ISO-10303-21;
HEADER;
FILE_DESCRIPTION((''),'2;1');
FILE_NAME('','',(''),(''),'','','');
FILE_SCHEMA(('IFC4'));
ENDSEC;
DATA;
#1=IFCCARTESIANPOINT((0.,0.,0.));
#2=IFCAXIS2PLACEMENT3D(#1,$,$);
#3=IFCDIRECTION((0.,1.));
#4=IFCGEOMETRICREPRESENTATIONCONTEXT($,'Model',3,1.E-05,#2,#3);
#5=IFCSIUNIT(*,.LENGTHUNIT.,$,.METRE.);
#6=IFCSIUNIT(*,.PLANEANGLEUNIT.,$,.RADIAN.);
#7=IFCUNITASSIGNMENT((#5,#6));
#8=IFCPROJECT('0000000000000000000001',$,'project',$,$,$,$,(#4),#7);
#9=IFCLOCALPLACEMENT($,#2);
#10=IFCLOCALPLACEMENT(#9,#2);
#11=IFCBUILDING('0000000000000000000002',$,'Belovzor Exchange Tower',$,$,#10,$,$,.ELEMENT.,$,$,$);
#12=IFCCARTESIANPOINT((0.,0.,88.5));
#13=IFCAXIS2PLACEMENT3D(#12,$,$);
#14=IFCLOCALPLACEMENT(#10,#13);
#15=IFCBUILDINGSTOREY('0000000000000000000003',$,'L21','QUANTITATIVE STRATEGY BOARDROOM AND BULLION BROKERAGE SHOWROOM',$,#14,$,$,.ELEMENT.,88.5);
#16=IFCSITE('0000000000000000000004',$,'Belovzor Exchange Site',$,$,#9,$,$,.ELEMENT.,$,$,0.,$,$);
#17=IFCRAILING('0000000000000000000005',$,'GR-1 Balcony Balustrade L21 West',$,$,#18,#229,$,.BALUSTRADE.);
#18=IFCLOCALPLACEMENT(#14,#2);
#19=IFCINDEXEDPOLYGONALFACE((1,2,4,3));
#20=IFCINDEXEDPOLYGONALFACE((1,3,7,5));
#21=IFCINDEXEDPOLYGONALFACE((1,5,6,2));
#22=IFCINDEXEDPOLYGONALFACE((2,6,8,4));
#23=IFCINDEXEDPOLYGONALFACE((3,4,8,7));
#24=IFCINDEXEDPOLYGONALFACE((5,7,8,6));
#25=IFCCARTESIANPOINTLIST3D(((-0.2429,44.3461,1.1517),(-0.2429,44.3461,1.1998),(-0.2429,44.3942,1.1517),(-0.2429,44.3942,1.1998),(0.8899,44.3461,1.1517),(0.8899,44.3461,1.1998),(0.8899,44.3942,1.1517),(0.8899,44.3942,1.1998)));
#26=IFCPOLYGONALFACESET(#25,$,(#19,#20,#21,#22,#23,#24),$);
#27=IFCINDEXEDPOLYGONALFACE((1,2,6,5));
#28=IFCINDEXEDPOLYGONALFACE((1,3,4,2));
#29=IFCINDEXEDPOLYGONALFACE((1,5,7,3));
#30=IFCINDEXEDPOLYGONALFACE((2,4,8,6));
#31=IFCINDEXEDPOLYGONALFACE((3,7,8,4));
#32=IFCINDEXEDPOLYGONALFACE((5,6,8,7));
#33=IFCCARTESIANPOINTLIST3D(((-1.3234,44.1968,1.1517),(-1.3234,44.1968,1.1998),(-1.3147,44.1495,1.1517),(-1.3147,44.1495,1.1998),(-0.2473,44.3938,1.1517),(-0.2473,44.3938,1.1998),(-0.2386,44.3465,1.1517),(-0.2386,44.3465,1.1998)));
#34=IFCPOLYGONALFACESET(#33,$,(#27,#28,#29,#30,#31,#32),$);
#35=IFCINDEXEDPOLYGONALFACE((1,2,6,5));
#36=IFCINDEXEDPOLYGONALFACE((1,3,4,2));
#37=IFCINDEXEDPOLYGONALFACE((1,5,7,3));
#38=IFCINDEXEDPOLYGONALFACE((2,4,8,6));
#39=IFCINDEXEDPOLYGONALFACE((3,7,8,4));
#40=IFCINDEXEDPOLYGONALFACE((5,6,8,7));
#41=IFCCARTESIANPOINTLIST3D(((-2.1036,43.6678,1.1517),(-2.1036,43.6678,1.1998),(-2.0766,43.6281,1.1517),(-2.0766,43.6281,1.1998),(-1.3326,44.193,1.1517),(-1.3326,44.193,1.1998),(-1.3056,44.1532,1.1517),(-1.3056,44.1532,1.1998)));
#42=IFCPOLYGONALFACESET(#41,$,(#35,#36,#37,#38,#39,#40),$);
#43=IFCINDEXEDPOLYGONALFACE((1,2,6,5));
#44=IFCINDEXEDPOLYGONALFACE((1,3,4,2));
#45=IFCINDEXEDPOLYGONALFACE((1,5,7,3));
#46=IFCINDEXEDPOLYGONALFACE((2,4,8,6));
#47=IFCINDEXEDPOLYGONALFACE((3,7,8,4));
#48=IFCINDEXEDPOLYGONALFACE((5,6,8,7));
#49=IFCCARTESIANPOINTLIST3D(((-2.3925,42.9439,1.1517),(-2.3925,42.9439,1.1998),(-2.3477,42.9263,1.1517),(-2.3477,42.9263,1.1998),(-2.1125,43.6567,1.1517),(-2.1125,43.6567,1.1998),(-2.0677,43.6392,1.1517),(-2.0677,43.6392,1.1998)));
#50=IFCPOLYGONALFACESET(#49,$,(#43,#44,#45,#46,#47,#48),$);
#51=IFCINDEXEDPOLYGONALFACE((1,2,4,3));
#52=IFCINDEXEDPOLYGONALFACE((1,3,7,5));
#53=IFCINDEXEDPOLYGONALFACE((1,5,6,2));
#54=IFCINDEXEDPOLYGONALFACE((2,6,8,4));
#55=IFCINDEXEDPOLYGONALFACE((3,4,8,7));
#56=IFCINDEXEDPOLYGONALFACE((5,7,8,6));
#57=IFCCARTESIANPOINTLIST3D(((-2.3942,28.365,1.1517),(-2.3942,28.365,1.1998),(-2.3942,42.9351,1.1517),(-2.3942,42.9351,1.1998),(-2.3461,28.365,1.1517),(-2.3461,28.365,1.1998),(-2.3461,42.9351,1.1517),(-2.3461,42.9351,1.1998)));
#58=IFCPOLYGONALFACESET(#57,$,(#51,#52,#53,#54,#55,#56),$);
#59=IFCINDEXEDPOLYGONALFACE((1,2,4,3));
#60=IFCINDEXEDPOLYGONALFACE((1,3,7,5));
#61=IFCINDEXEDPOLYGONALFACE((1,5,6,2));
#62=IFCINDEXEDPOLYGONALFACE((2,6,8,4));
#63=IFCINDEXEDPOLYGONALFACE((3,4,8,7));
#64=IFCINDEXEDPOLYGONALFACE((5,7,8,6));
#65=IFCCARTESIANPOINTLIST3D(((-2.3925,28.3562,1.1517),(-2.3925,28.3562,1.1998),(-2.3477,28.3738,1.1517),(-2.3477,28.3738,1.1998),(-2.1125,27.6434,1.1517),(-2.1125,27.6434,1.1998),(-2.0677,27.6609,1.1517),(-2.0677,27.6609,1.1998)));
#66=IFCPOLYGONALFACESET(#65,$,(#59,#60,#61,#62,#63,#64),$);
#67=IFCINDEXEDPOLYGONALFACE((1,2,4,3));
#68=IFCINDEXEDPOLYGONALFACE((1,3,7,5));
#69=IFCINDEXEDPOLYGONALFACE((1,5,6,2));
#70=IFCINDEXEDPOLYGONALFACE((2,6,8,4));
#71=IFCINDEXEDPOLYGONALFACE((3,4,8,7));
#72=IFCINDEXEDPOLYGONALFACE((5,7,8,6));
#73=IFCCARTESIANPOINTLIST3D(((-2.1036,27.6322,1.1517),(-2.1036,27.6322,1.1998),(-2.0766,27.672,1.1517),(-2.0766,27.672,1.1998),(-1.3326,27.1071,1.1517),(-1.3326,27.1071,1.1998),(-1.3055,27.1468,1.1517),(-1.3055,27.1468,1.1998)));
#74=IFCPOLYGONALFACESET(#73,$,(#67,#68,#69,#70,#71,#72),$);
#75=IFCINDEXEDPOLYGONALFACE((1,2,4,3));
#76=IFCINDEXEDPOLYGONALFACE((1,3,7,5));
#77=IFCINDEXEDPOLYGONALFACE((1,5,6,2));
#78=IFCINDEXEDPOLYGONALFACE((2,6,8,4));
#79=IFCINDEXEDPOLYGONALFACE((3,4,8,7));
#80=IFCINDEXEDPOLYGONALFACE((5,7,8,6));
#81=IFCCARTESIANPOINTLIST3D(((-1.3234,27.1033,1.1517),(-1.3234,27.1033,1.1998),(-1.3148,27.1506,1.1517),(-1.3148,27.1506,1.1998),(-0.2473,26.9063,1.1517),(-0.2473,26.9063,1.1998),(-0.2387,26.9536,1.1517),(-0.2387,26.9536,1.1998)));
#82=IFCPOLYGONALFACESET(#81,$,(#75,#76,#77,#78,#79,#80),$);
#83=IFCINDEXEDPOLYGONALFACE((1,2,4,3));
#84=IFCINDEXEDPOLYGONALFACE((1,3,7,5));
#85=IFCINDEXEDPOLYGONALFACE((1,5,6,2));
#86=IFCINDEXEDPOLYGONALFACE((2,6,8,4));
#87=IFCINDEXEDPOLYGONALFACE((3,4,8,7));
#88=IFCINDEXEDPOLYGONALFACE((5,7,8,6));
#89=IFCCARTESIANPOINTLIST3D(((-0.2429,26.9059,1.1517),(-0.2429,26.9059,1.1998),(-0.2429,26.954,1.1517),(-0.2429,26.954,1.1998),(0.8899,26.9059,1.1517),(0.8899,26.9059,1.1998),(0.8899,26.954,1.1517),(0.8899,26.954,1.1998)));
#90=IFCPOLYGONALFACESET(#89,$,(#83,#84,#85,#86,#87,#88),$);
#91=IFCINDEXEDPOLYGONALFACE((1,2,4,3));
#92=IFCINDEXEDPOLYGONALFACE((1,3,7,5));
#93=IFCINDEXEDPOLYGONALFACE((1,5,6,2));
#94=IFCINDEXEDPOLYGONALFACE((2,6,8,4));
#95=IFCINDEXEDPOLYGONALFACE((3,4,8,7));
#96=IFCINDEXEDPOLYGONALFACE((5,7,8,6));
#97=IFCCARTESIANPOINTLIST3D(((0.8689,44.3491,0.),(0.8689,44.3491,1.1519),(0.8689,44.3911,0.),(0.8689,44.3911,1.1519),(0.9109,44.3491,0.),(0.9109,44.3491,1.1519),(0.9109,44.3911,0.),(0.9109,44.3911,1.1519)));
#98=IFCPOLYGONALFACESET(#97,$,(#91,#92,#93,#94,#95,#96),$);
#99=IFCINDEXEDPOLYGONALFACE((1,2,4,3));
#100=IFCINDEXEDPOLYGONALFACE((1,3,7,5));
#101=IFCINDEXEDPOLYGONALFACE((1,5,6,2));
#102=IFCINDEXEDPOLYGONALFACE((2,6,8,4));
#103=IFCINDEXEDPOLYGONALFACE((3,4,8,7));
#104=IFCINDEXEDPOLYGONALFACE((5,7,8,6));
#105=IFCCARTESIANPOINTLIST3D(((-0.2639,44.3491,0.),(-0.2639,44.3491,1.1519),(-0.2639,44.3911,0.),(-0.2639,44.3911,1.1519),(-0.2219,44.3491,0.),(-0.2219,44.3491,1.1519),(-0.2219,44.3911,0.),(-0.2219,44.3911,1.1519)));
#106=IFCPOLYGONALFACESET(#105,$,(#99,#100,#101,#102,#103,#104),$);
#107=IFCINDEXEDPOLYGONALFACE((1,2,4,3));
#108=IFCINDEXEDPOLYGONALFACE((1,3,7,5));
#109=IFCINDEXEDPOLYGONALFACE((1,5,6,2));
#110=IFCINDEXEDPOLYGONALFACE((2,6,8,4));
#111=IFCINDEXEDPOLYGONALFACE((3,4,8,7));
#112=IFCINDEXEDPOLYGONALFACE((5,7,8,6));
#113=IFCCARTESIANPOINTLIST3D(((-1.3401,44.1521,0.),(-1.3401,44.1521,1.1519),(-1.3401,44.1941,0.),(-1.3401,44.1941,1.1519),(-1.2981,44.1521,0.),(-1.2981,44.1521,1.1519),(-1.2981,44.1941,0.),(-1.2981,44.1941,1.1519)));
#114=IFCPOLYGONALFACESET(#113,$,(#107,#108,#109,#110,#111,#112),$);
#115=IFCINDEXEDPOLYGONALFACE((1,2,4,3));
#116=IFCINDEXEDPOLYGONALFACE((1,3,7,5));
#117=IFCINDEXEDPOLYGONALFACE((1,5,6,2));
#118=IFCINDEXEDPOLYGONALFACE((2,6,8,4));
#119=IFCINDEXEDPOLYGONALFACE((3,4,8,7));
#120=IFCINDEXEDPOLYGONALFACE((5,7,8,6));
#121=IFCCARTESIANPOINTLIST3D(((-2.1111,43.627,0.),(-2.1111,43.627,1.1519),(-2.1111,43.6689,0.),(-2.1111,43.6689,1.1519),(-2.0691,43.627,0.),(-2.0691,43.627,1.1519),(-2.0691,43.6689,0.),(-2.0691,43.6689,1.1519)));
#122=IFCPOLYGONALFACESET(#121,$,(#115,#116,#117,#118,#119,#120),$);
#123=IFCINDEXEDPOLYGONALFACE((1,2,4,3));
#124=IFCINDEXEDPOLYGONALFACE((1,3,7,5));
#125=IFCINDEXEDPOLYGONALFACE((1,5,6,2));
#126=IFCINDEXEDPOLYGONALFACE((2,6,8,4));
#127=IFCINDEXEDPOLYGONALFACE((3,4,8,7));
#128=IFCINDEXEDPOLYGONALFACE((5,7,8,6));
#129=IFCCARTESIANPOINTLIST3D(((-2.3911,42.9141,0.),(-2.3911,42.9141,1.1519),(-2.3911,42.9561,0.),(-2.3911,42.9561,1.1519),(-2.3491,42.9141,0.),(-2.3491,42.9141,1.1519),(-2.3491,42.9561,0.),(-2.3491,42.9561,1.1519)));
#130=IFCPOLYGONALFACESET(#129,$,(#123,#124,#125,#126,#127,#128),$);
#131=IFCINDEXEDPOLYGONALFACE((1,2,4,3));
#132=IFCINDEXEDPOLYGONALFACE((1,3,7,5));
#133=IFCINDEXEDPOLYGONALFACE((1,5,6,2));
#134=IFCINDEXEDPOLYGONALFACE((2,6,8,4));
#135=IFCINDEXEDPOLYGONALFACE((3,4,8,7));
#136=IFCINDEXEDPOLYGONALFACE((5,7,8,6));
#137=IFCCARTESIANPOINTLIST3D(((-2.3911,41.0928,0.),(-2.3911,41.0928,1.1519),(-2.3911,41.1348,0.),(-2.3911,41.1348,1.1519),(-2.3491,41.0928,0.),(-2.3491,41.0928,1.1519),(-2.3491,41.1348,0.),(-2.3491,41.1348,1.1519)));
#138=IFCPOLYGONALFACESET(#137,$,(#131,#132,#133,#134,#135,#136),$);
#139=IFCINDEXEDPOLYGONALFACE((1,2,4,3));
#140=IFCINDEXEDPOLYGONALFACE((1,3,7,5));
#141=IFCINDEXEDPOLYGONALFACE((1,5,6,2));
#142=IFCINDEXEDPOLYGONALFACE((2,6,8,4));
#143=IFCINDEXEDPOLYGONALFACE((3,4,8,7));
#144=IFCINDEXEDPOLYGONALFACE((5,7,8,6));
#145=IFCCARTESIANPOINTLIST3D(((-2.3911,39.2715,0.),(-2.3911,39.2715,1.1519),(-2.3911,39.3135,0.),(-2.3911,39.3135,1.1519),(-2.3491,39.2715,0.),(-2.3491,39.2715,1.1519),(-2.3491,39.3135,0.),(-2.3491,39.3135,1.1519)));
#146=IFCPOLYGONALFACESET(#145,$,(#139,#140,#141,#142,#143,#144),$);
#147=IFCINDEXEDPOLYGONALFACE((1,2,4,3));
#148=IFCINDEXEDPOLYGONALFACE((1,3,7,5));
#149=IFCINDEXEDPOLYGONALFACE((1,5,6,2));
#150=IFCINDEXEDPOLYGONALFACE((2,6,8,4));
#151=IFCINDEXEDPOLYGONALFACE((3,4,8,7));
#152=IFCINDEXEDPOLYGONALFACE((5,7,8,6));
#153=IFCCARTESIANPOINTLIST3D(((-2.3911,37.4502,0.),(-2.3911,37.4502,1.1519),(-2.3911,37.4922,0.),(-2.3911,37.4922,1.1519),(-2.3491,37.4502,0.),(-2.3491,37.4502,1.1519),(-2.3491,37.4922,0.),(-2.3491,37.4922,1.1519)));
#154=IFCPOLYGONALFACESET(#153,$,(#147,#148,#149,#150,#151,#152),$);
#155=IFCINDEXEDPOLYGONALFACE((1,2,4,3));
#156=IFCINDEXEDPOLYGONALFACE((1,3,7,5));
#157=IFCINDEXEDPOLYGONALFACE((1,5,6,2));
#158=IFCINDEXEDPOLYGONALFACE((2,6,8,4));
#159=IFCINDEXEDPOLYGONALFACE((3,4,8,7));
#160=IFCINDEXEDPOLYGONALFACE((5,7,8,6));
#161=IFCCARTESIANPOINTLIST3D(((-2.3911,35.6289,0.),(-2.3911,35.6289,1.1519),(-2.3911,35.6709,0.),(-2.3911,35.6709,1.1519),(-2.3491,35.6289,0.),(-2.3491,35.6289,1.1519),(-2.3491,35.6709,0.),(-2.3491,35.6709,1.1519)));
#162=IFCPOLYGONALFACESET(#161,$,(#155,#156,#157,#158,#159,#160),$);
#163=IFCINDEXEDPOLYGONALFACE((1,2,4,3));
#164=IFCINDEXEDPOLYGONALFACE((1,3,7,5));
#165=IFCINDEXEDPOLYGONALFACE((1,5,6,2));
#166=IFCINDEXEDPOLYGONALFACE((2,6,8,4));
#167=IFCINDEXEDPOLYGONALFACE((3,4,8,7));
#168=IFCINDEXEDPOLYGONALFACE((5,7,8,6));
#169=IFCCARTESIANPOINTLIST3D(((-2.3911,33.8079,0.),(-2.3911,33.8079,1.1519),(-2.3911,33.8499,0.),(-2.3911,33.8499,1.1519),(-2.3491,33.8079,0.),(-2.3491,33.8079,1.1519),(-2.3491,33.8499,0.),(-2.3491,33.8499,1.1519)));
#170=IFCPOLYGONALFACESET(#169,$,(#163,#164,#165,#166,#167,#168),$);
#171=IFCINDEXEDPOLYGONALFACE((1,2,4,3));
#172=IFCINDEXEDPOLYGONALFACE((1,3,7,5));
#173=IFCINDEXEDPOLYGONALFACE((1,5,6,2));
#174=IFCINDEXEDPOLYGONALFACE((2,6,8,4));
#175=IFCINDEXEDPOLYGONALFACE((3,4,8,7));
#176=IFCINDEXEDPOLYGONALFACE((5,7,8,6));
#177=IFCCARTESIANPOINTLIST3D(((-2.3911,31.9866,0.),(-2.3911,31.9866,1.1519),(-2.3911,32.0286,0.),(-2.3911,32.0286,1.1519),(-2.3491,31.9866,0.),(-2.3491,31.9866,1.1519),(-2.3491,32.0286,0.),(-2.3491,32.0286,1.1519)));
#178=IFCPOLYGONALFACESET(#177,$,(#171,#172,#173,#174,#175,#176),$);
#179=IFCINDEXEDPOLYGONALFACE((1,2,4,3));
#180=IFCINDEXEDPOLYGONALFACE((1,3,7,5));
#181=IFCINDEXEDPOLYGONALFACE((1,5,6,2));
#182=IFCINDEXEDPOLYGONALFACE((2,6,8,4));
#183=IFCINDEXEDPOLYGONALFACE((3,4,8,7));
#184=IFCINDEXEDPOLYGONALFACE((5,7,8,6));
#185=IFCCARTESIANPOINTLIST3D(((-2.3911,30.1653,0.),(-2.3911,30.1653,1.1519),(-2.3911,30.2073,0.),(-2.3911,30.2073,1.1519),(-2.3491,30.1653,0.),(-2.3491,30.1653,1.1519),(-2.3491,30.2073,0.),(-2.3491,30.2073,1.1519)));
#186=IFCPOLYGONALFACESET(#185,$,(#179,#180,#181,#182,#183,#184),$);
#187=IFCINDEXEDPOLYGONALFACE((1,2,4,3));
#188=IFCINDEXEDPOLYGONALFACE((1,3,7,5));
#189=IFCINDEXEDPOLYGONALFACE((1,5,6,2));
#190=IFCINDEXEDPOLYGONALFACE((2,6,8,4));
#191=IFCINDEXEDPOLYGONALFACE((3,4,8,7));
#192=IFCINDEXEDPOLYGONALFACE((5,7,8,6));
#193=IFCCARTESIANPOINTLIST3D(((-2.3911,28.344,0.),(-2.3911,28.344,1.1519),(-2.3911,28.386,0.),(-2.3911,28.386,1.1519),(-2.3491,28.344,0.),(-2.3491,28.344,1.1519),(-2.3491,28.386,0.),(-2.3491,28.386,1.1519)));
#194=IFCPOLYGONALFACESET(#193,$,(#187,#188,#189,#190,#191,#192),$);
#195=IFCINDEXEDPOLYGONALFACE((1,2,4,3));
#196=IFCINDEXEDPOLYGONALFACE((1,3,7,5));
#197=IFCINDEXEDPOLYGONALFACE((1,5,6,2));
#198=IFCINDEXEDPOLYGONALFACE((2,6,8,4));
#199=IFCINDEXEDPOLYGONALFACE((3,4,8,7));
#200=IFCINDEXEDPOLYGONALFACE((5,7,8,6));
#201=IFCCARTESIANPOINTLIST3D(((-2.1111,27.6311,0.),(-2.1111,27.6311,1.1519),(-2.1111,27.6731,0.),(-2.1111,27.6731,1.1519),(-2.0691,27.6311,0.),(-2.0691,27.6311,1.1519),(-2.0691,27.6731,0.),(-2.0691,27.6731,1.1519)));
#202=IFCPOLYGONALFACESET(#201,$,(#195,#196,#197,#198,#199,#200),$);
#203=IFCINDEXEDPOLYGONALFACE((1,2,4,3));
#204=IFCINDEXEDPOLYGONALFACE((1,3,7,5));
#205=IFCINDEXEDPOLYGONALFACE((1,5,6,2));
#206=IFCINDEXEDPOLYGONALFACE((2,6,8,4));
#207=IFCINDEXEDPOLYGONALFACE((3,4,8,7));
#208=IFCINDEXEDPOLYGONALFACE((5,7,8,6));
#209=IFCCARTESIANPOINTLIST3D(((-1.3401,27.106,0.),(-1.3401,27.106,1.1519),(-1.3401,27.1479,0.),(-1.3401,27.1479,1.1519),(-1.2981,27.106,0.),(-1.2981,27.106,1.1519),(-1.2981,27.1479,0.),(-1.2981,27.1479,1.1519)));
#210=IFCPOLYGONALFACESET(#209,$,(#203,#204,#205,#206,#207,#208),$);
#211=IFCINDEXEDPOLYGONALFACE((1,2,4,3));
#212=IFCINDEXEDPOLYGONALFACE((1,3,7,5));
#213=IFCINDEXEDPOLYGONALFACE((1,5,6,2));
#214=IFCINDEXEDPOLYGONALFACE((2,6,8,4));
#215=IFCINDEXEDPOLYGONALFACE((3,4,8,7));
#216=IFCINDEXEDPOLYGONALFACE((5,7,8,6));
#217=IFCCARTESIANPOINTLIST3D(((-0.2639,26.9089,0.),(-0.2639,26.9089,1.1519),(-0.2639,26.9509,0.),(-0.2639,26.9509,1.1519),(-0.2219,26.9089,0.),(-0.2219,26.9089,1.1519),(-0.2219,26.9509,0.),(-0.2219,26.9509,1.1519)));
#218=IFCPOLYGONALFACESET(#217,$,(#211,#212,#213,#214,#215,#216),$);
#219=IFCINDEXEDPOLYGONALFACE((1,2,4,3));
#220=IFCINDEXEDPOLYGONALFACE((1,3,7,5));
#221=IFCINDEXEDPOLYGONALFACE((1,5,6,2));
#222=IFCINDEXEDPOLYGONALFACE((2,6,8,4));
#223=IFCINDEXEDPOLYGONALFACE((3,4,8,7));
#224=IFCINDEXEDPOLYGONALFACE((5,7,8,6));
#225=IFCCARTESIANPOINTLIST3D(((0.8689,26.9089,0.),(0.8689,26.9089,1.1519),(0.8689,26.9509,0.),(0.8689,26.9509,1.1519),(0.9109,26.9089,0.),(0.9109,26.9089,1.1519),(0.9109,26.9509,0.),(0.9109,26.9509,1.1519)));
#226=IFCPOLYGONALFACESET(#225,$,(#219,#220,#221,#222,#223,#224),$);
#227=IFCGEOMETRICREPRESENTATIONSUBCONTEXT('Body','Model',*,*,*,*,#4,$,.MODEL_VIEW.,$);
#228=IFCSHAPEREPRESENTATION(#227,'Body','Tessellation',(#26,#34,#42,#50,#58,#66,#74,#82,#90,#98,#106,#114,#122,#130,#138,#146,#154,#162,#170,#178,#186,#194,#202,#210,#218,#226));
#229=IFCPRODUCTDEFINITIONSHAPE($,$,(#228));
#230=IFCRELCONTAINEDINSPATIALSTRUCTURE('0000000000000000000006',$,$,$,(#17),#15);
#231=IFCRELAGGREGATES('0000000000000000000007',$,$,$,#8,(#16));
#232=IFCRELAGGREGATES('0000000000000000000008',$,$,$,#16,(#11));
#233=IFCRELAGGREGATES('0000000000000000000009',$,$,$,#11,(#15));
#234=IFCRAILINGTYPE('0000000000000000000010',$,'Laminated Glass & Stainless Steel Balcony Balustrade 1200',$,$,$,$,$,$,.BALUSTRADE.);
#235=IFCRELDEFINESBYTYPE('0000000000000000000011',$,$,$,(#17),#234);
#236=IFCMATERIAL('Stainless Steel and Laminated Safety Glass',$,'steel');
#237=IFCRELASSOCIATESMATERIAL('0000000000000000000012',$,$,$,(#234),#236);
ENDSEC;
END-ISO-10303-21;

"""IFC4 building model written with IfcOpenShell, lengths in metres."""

from ifc_helpers import new_model, si_unit, direction, frame, origin, origin_2d, place, context, subcontext, project, spatial, rectangle, extrude, material, type_object, element, save


model = new_model("IFC4")

# Units and contexts
model_context = context("Model", 3, precision=1e-05, world=origin(), true_north=direction((0.0, 1.0)))
body_context = subcontext(model_context, "Body", "Model", "MODEL_VIEW")
ifc_project = project(units=[si_unit("LENGTHUNIT", "METRE"), si_unit("PLANEANGLEUNIT", "RADIAN")], contexts=[model_context])

# Site, building, storey
site_placement = place(None, origin())
site = spatial("IfcSite", under=ifc_project, at=site_placement, Name="Belovzor Exchange Site", CompositionType="ELEMENT", RefElevation=0.0)
building_placement = place(site_placement, origin())
building = spatial("IfcBuilding", under=site, at=building_placement, Name="Belovzor Exchange Tower", CompositionType="ELEMENT")
storey_placement = place(building_placement, frame((0.0, 0.0, 88.5)))
storey = spatial("IfcBuildingStorey", under=building, at=storey_placement, Name="L21", Description="QUANTITATIVE STRATEGY BOARDROOM AND BULLION BROKERAGE SHOWROOM", CompositionType="ELEMENT", Elevation=88.5)

# Railing
ifc_material_1 = material(Name="Stainless Steel and Laminated Safety Glass", Category="steel")
railing_type = type_object("IfcRailingType", Name="Laminated Glass & Stainless Steel Balcony Balustrade 1200", PredefinedType="BALUSTRADE", material=ifc_material_1)
railing_placement = place(storey_placement, frame((0.8899, 44.3701, 0.0)))
element("IfcRailing", 1, at=railing_placement, inside=storey, type_object=railing_type, Name="GR-1 Balcony Balustrade L21 West", PredefinedType="BALUSTRADE", context=body_context, shape_type="SweptSolid", body=[
    extrude(rectangle(XDim=0.0481, YDim=0.0481, at=origin_2d()), frame((0.0, 0.0, 1.1758), z_axis=(-1.0, 0.0, 0.0), x_axis=(0.0, -1.0, 0.0)), (0.0, 0.0, 1.0), 1.1328),
    extrude(rectangle(XDim=0.0481, YDim=0.0481, at=origin_2d()), frame((-1.1328, 0.0, 1.1758), z_axis=(-0.983651, -0.180083, 0.0), x_axis=(0.180083, -0.983651, 0.0)), (0.0, 0.0, 1.0), 1.094),
    extrude(rectangle(XDim=0.0481, YDim=0.0481, at=origin_2d()), frame((-2.209, -0.197, 1.1758), z_axis=(-0.826493, -0.562947, 0.0), x_axis=(0.562947, -0.826493, 0.0)), (0.0, 0.0, 1.0), 0.9329),
    extrude(rectangle(XDim=0.0481, YDim=0.0481, at=origin_2d()), frame((-2.98, -0.7222, 1.1758), z_axis=(-0.365613, -0.930767, 0.0), x_axis=(0.930767, -0.365613, 0.0)), (0.0, 0.0, 1.0), 0.7659),
    extrude(rectangle(XDim=0.0481, YDim=0.0481, at=origin_2d()), frame((-3.26, -1.4351, 1.1758), z_axis=(0.0, -1.0, 0.0), x_axis=(1.0, 0.0, 0.0)), (0.0, 0.0, 1.0), 14.5701),
    extrude(rectangle(XDim=0.0481, YDim=0.0481, at=origin_2d()), frame((-3.26, -16.0051, 1.1758), z_axis=(0.365613, -0.930767, 0.0), x_axis=(0.930767, 0.365613, 0.0)), (0.0, 0.0, 1.0), 0.7659),
    extrude(rectangle(XDim=0.0481, YDim=0.0481, at=origin_2d()), frame((-2.98, -16.718, 1.1758), z_axis=(0.826493, -0.562947, 0.0), x_axis=(0.562947, 0.826493, 0.0)), (0.0, 0.0, 1.0), 0.9329),
    extrude(rectangle(XDim=0.0481, YDim=0.0481, at=origin_2d()), frame((-2.209, -17.2432, 1.1758), z_axis=(0.983651, -0.180083, 0.0), x_axis=(0.180083, 0.983651, 0.0)), (0.0, 0.0, 1.0), 1.094),
    extrude(rectangle(XDim=0.0481, YDim=0.0481, at=origin_2d()), frame((-1.1328, -17.4402, 1.1758), z_axis=(1.0, 0.0, 0.0), x_axis=(0.0, 1.0, 0.0)), (0.0, 0.0, 1.0), 1.1328),
    extrude(rectangle(XDim=0.042, YDim=0.042, at=origin_2d()), origin(), (0.0, 0.0, 1.0), 1.1519),
    extrude(rectangle(XDim=0.042, YDim=0.042, at=origin_2d()), frame((-1.1328, 0.0, 0.0)), (0.0, 0.0, 1.0), 1.1519),
    extrude(rectangle(XDim=0.042, YDim=0.042, at=origin_2d()), frame((-2.209, -0.197, 0.0)), (0.0, 0.0, 1.0), 1.1519),
    extrude(rectangle(XDim=0.042, YDim=0.042, at=origin_2d()), frame((-2.98, -0.7222, 0.0)), (0.0, 0.0, 1.0), 1.1519),
    extrude(rectangle(XDim=0.042, YDim=0.042, at=origin_2d()), frame((-3.26, -1.4351, 0.0)), (0.0, 0.0, 1.0), 1.1519),
    extrude(rectangle(XDim=0.042, YDim=0.042, at=origin_2d()), frame((-3.26, -3.2563, 0.0)), (0.0, 0.0, 1.0), 1.1519),
    extrude(rectangle(XDim=0.042, YDim=0.042, at=origin_2d()), frame((-3.26, -5.0776, 0.0)), (0.0, 0.0, 1.0), 1.1519),
    extrude(rectangle(XDim=0.042, YDim=0.042, at=origin_2d()), frame((-3.26, -6.8989, 0.0)), (0.0, 0.0, 1.0), 1.1519),
    extrude(rectangle(XDim=0.042, YDim=0.042, at=origin_2d()), frame((-3.26, -8.7202, 0.0)), (0.0, 0.0, 1.0), 1.1519),
    extrude(rectangle(XDim=0.042, YDim=0.042, at=origin_2d()), frame((-3.26, -10.5413, 0.0)), (0.0, 0.0, 1.0), 1.1519),
    extrude(rectangle(XDim=0.042, YDim=0.042, at=origin_2d()), frame((-3.26, -12.3625, 0.0)), (0.0, 0.0, 1.0), 1.1519),
    extrude(rectangle(XDim=0.042, YDim=0.042, at=origin_2d()), frame((-3.26, -14.1838, 0.0)), (0.0, 0.0, 1.0), 1.1519),
    extrude(rectangle(XDim=0.042, YDim=0.042, at=origin_2d()), frame((-3.26, -16.0051, 0.0)), (0.0, 0.0, 1.0), 1.1519),
    extrude(rectangle(XDim=0.042, YDim=0.042, at=origin_2d()), frame((-2.98, -16.718, 0.0)), (0.0, 0.0, 1.0), 1.1519),
    extrude(rectangle(XDim=0.042, YDim=0.042, at=origin_2d()), frame((-2.209, -17.2432, 0.0)), (0.0, 0.0, 1.0), 1.1519),
    extrude(rectangle(XDim=0.042, YDim=0.042, at=origin_2d()), frame((-1.1328, -17.4402, 0.0)), (0.0, 0.0, 1.0), 1.1519),
    extrude(rectangle(XDim=0.042, YDim=0.042, at=origin_2d()), frame((0.0, -17.4402, 0.0)), (0.0, 0.0, 1.0), 1.1519),
])

save(model, "model.ifc")
